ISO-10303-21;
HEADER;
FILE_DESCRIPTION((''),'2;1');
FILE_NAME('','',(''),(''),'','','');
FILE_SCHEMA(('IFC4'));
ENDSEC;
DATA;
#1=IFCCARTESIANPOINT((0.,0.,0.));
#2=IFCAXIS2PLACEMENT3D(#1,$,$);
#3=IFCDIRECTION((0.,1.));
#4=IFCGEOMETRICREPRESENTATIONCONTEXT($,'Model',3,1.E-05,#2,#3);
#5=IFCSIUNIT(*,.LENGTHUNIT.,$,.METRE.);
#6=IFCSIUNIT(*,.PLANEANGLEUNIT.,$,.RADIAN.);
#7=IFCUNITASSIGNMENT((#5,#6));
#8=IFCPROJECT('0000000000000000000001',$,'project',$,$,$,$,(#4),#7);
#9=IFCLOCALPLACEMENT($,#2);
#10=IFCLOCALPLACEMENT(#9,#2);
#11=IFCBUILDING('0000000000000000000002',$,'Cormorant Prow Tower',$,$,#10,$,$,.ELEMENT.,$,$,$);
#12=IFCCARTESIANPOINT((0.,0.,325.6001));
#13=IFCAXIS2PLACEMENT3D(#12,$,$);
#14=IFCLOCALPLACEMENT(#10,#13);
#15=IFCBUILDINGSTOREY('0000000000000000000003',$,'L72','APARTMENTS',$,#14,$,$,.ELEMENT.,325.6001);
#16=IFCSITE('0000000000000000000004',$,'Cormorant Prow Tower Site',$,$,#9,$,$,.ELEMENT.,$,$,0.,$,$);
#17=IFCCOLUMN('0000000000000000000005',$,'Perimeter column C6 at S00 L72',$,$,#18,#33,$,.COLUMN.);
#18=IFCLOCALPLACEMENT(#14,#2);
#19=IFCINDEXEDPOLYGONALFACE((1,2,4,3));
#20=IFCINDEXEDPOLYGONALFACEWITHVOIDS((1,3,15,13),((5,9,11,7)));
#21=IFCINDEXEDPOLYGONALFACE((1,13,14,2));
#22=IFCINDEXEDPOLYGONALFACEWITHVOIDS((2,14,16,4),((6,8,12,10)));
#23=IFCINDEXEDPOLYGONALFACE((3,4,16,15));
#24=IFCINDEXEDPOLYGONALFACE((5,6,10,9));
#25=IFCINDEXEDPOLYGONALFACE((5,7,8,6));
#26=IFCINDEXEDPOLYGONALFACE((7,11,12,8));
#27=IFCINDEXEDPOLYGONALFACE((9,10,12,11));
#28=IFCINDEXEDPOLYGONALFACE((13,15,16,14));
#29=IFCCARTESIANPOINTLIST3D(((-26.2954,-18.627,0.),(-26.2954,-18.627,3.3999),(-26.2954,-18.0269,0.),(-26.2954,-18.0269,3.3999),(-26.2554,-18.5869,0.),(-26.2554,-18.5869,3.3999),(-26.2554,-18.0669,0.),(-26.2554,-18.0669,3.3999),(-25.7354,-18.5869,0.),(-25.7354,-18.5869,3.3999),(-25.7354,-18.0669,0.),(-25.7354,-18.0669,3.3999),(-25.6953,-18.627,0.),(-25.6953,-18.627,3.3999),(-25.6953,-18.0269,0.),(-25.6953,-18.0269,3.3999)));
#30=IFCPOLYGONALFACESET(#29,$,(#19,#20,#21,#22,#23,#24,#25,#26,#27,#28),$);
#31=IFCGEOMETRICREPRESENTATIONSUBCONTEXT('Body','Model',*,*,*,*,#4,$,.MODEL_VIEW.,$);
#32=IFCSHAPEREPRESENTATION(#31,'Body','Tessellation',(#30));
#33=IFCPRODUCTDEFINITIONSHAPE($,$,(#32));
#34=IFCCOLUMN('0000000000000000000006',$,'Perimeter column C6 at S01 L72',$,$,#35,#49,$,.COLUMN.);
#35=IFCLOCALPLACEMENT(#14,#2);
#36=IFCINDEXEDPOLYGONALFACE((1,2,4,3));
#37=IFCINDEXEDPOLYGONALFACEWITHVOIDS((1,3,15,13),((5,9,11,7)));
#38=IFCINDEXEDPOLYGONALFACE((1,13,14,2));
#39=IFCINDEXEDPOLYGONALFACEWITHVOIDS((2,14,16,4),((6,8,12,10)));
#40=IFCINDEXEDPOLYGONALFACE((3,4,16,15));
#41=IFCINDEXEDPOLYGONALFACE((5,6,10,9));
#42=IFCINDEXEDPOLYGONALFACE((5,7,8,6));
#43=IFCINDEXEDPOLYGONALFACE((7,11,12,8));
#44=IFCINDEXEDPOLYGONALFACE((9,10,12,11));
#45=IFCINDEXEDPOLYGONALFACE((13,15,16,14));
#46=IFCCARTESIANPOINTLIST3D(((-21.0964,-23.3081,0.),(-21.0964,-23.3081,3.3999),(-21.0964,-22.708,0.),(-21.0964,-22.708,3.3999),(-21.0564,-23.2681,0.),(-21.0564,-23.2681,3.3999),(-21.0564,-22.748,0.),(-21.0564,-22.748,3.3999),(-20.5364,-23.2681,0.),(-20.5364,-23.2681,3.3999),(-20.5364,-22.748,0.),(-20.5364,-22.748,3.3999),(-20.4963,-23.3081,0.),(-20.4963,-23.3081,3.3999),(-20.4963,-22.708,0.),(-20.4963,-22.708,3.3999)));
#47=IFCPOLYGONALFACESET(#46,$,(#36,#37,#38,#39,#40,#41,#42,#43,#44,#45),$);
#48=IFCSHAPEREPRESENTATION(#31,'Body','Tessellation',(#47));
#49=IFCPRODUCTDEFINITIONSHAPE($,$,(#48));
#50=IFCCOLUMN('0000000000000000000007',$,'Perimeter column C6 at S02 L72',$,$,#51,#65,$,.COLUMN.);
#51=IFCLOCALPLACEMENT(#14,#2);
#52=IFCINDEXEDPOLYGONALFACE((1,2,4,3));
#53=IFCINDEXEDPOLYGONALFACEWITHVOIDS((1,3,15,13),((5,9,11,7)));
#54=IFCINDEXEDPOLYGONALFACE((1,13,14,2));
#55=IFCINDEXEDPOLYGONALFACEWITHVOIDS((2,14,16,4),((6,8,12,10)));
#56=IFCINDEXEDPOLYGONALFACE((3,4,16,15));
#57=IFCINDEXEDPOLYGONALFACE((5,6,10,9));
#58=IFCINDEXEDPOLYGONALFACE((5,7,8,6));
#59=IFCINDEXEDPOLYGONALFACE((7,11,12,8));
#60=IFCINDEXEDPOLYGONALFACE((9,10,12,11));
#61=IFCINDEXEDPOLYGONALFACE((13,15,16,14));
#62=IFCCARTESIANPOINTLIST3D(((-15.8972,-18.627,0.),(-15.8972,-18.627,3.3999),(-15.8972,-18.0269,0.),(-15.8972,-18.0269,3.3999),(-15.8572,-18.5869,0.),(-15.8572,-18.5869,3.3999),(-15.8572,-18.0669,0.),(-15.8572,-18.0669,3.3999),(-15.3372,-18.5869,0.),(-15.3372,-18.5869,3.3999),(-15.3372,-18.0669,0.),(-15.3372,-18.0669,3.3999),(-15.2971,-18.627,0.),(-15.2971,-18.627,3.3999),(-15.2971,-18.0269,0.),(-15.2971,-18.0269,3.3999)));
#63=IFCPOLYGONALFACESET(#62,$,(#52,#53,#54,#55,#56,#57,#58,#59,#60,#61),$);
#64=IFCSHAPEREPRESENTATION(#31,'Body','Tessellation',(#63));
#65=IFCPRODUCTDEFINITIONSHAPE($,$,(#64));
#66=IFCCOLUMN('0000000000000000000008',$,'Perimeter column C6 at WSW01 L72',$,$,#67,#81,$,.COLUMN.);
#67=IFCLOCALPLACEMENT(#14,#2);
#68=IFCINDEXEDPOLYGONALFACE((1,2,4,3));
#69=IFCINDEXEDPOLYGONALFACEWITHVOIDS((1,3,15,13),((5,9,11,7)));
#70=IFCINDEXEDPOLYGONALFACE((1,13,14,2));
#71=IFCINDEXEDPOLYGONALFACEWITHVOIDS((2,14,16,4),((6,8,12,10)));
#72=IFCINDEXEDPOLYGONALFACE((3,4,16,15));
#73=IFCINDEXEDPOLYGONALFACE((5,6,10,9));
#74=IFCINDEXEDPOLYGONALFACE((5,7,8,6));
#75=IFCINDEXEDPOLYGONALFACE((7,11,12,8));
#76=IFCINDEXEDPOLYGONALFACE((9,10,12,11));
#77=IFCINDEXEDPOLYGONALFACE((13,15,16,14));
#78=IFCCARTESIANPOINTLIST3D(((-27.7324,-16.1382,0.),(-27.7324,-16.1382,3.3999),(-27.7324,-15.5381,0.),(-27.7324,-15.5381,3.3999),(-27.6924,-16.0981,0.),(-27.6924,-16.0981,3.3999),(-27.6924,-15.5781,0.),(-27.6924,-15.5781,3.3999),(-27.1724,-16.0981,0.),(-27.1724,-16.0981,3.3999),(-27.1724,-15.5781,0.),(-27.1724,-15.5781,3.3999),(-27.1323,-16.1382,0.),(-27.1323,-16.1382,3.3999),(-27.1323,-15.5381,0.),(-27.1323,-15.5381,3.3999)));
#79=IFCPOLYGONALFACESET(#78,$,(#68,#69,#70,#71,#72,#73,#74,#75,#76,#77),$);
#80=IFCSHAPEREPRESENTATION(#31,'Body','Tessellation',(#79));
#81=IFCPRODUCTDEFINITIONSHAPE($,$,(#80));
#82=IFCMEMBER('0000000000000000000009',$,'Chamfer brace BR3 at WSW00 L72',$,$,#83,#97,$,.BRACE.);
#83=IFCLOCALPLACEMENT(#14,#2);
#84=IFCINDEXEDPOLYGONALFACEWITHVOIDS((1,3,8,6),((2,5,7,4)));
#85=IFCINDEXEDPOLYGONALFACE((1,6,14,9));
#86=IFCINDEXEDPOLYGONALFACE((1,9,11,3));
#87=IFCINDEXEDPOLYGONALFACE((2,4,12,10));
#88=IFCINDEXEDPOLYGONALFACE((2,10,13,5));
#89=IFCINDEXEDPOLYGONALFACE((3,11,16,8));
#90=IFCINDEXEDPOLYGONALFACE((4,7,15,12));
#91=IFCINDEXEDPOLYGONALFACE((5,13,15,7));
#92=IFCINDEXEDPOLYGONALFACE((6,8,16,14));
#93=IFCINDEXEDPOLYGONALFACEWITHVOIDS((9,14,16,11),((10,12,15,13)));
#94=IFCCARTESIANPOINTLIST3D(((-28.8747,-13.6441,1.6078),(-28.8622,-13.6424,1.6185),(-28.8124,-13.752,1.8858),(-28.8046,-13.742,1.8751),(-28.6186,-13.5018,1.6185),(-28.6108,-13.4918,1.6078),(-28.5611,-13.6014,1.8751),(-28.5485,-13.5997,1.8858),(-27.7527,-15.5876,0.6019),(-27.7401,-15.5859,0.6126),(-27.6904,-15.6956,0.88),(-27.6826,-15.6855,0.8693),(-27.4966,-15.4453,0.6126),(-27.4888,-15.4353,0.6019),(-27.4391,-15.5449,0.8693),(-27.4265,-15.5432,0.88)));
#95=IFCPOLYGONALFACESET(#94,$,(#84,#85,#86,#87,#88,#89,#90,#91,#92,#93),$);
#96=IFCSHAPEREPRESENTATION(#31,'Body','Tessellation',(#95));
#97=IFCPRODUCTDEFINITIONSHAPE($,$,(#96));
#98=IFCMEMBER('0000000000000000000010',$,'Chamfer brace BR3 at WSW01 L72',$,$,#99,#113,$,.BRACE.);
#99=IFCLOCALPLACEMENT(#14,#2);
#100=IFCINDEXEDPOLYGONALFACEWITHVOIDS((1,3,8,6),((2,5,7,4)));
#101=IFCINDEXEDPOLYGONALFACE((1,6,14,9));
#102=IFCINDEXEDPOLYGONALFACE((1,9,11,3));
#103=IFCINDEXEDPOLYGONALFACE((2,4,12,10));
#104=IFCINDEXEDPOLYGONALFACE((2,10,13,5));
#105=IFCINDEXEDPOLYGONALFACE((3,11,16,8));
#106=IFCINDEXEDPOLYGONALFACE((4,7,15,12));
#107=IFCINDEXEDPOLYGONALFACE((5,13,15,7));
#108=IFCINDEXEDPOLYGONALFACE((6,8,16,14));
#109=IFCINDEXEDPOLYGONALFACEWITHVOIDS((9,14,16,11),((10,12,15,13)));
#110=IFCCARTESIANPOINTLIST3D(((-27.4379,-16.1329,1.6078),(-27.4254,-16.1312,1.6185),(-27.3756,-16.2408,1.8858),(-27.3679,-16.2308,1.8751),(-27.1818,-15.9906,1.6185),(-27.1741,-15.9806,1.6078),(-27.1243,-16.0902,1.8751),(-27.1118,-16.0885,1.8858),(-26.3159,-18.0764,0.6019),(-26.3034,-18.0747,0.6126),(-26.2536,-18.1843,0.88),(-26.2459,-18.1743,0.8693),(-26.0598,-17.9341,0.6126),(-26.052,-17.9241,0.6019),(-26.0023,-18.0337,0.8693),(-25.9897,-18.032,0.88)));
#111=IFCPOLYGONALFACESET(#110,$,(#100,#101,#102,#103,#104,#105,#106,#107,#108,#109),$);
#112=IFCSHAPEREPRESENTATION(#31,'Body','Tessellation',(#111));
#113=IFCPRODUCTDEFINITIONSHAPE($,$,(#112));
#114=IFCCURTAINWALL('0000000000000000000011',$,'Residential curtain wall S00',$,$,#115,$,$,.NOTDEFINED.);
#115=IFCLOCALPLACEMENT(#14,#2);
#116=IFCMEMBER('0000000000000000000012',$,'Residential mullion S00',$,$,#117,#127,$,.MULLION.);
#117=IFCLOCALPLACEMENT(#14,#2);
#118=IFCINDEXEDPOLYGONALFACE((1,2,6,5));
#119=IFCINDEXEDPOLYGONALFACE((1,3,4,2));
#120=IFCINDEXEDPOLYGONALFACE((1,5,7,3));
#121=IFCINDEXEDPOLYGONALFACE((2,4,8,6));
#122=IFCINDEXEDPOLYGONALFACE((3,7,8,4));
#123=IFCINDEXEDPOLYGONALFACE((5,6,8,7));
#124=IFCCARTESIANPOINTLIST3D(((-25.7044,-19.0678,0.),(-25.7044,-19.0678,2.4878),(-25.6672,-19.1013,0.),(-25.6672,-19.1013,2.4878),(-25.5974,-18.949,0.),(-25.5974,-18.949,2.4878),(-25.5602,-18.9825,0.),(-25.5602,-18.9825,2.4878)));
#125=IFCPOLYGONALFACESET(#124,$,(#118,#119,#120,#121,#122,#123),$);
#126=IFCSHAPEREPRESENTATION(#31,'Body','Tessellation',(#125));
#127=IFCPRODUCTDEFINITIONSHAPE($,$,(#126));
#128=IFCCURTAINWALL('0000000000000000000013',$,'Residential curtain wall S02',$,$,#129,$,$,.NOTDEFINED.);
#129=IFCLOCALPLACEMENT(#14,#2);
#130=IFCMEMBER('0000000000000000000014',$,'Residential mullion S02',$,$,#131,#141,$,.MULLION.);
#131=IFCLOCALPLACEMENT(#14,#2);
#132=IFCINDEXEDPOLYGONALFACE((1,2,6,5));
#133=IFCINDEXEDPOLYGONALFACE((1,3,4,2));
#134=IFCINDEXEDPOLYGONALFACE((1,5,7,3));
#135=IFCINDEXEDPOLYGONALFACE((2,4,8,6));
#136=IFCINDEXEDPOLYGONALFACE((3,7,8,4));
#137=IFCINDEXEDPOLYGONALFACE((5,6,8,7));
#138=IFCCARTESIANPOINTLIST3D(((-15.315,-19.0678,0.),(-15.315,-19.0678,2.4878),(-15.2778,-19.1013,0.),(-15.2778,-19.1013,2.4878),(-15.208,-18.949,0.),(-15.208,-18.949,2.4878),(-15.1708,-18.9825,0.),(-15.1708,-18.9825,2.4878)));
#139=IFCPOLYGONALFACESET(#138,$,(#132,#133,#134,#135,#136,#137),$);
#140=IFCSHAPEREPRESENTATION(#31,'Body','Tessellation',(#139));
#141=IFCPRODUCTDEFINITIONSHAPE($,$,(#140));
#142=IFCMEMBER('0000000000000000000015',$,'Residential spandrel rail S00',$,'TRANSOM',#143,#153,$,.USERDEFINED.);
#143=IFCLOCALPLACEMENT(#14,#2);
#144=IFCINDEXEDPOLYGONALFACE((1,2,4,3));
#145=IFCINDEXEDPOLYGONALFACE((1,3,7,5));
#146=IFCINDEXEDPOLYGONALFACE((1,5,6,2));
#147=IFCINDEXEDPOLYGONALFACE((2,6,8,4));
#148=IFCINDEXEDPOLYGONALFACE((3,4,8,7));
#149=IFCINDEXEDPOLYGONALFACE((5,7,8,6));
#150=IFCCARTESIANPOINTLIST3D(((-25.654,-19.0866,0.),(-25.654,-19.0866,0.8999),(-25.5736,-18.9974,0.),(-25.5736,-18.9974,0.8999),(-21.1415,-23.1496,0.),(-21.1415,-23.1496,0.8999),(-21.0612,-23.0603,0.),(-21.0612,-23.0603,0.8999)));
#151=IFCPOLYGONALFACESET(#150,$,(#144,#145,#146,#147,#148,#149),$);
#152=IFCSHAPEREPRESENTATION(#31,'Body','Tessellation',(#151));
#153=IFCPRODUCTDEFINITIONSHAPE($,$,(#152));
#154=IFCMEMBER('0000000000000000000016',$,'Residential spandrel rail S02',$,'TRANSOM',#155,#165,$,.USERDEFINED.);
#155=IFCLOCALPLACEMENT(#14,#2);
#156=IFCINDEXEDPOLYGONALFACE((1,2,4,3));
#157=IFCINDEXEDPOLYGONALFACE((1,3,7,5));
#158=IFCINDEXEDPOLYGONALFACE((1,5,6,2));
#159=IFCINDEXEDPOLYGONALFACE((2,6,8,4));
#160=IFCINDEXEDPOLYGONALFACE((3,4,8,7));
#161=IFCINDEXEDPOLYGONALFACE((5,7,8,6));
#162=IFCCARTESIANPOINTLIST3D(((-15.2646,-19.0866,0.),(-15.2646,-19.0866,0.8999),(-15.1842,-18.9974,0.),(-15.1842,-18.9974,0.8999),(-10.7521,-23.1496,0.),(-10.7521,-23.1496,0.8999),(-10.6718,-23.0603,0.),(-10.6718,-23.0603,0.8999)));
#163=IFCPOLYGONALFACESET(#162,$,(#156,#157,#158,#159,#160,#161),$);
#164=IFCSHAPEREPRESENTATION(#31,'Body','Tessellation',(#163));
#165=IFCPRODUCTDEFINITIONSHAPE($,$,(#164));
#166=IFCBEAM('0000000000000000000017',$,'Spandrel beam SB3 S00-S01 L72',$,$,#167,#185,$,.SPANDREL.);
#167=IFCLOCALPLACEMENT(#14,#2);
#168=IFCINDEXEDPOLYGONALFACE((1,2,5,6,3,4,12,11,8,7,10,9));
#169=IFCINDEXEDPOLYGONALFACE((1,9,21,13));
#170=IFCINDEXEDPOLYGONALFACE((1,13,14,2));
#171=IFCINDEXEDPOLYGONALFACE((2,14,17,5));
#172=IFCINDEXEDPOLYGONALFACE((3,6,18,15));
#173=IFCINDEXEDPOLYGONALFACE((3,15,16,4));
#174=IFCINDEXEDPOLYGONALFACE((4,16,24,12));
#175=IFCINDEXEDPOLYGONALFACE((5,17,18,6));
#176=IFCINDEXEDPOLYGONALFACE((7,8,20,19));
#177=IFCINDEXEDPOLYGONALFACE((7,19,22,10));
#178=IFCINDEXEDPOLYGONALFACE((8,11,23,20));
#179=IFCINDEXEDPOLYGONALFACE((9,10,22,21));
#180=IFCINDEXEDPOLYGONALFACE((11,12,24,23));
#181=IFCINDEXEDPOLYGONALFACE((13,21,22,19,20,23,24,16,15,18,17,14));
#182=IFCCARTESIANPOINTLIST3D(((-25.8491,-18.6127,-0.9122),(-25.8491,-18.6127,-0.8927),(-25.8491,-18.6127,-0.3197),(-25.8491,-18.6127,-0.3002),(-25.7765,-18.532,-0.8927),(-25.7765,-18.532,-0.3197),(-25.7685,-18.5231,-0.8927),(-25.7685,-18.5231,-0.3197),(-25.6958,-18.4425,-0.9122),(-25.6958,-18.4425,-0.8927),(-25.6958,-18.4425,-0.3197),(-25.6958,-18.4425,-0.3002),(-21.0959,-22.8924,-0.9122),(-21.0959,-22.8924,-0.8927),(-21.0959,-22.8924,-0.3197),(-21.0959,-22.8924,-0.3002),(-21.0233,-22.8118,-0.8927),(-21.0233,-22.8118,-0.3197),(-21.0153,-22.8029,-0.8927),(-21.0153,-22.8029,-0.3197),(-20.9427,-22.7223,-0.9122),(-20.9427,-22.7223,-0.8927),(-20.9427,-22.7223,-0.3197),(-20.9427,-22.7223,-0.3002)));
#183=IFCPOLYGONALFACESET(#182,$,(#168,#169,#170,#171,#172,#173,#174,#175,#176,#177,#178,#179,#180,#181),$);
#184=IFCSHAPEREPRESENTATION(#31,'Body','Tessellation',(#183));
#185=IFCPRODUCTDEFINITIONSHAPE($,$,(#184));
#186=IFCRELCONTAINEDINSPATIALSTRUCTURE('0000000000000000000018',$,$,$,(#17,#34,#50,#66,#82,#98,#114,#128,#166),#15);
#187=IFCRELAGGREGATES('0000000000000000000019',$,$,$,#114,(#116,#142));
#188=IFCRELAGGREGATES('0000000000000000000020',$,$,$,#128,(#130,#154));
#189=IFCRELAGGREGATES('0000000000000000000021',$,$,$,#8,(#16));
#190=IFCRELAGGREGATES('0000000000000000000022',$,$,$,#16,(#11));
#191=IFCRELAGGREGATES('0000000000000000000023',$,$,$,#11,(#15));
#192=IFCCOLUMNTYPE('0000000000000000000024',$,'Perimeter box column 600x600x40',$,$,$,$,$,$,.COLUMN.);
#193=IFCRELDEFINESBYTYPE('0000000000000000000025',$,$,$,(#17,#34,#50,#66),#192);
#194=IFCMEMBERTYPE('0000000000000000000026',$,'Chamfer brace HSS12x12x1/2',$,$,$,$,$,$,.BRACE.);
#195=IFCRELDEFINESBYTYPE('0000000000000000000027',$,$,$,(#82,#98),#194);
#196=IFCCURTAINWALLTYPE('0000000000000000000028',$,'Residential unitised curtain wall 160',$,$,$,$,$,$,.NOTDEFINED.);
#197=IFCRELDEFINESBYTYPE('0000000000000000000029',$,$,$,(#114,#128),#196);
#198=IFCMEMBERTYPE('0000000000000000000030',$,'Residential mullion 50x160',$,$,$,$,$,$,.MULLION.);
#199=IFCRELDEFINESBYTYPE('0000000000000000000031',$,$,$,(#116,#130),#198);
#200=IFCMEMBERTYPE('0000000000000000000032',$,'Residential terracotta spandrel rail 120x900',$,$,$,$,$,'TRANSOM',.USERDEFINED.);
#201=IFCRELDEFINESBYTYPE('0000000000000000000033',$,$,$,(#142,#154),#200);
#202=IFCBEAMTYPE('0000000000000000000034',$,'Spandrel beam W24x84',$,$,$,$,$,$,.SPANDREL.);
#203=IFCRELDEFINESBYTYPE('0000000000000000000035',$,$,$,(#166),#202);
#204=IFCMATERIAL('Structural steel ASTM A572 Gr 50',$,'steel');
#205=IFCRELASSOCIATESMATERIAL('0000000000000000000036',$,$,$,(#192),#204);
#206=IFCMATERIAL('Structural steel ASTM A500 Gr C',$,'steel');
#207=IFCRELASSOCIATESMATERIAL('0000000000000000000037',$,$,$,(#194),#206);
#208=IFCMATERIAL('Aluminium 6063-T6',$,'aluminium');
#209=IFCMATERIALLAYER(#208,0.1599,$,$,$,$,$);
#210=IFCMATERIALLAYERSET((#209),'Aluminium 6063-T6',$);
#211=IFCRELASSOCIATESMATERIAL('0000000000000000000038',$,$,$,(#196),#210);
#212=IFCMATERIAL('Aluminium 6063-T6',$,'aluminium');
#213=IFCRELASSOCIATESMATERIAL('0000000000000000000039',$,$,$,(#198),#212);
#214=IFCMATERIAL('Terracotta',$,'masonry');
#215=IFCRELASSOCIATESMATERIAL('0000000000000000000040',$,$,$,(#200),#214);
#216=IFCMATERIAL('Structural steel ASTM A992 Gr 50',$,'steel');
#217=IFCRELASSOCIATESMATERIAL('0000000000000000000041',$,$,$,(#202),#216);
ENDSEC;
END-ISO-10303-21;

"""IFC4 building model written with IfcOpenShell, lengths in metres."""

from ifc_helpers import new_model, si_unit, direction, frame, origin, origin_2d, place, context, subcontext, project, spatial, rectangle, hollow_rectangle, i_section, extrude, material, layer, layer_set, material_profile, profile_set, type_object, element, aggregate, save


model = new_model("IFC4")

# Units and contexts
model_context = context("Model", 3, precision=1e-05, world=origin(), true_north=direction((0.0, 1.0)))
body_context = subcontext(model_context, "Body", "Model", "MODEL_VIEW")
ifc_project = project(units=[si_unit("LENGTHUNIT", "METRE"), si_unit("PLANEANGLEUNIT", "RADIAN")], contexts=[model_context])

# Site, building, storey
site_placement = place(None, origin())
site = spatial("IfcSite", under=ifc_project, at=site_placement, Name="Cormorant Prow Tower Site", CompositionType="ELEMENT", RefElevation=0.0)
building_placement = place(site_placement, origin())
building = spatial("IfcBuilding", under=site, at=building_placement, Name="Cormorant Prow Tower", CompositionType="ELEMENT")
storey_placement = place(building_placement, frame((0.0, 0.0, 325.6001)))
storey = spatial("IfcBuildingStorey", under=building, at=storey_placement, Name="L72", Description="APARTMENTS", CompositionType="ELEMENT", Elevation=325.6001)

# Columns
ifc_material_1 = material(Name="Structural steel ASTM A572 Gr 50", Category="steel")
ifc_material_profile_1 = material_profile(ifc_material_1, hollow_rectangle(XDim=0.6001, YDim=0.6001, WallThickness=0.04, at=origin_2d()), Name="Box 600x600x40")
ifc_profile_set_1 = profile_set([ifc_material_profile_1], Name="Structural steel ASTM A572 Gr 50")
column_type = type_object("IfcColumnType", Name="Perimeter box column 600x600x40", PredefinedType="COLUMN", material=ifc_profile_set_1)
for number, where, z_axis, x_axis, name in (
    (1, (-25.9954, -18.3269, 0.0), (0.0, 0.0, 1.0), (1.0, 0.0, 0.0), "Perimeter column C6 at S00 L72"),
    (2, (-20.7964, -23.0081, 0.0), (0.0, 0.0, 1.0), (1.0, 0.0, 0.0), "Perimeter column C6 at S01 L72"),
    (3, (-15.5972, -18.3269, 0.0), (0.0, 0.0, 1.0), (1.0, 0.0, 0.0), "Perimeter column C6 at S02 L72"),
    (4, (-27.4324, -15.8381, 0.0), (0.0, 0.0, 1.0), (1.0, 0.0, 0.0), "Perimeter column C6 at WSW01 L72"),
):
    element("IfcColumn", number, at=place(storey_placement, frame(where, z_axis=z_axis, x_axis=x_axis)), inside=storey, type_object=column_type, Name=name, PredefinedType="COLUMN", context=body_context, shape_type="SweptSolid", body=[
        extrude(hollow_rectangle(XDim=0.6001, YDim=0.6001, WallThickness=0.04, at=origin_2d()), origin(), (0.0, 0.0, 1.0), 3.3999),
    ])

# Members
ifc_material_2 = material(Name="Structural steel ASTM A500 Gr C", Category="steel")
ifc_material_profile_2 = material_profile(ifc_material_2, hollow_rectangle(XDim=0.3047, YDim=0.3047, WallThickness=0.0117, at=origin_2d()), Name="HSS12x12x1/2")
ifc_profile_set_2 = profile_set([ifc_material_profile_2], Name="Structural steel ASTM A500 Gr C")
member_type_1 = type_object("IfcMemberType", Name="Chamfer brace HSS12x12x1/2", PredefinedType="BRACE", material=ifc_profile_set_2)
for number, where, z_axis, x_axis, name in (
    (5, (-27.5896, -15.5654, 0.741), (-0.456247, 0.790292, 0.408994), (-0.866039, -0.499977, 0.0), "Chamfer brace BR3 at WSW00 L72"),
    (6, (-26.1528, -18.0542, 0.741), (-0.456247, 0.790292, 0.408994), (-0.866039, -0.499977, 0.0), "Chamfer brace BR3 at WSW01 L72"),
):
    element("IfcMember", number, at=place(storey_placement, frame(where, z_axis=z_axis, x_axis=x_axis)), inside=storey, type_object=member_type_1, Name=name, PredefinedType="BRACE", context=body_context, shape_type="SweptSolid", body=[
        extrude(hollow_rectangle(XDim=0.3047, YDim=0.3047, WallThickness=0.0117, at=origin_2d()), origin(), (0.0, 0.0, 1.0), 2.4592),
    ])

# Curtain walls, members
ifc_material_3 = material(Name="Aluminium 6063-T6", Category="aluminium")
ifc_layer_1 = layer(ifc_material_3, 0.1599)
ifc_layer_set_1 = layer_set([ifc_layer_1], Name="Aluminium 6063-T6")
curtain_wall_type = type_object("IfcCurtainWallType", Name="Residential unitised curtain wall 160", PredefinedType="NOTDEFINED", material=ifc_layer_set_1)
curtain_wall_1_placement = place(storey_placement, origin())
curtain_wall_1 = element("IfcCurtainWall", 7, at=curtain_wall_1_placement, inside=storey, type_object=curtain_wall_type, Name="Residential curtain wall S00", PredefinedType="NOTDEFINED")
ifc_material_4 = material(Name="Aluminium 6063-T6", Category="aluminium")
ifc_material_profile_3 = material_profile(ifc_material_4, rectangle(XDim=0.1599, YDim=0.05, at=origin_2d()), Name="Residential mullion 50x160")
ifc_profile_set_3 = profile_set([ifc_material_profile_3], Name="Aluminium 6063-T6")
member_type_2 = type_object("IfcMemberType", Name="Residential mullion 50x160", PredefinedType="MULLION", material=ifc_profile_set_3)
member_1_placement = place(storey_placement, frame((-25.6323, -19.0251, 0.0), z_axis=(0.0, 0.0, 1.0), x_axis=(0.669131, 0.743145, 0.0)))
member_1 = element("IfcMember", 8, at=member_1_placement, type_object=member_type_2, Name="Residential mullion S00", PredefinedType="MULLION", context=body_context, shape_type="SweptSolid", body=[
    extrude(rectangle(XDim=0.1599, YDim=0.05, at=origin_2d()), origin(), (0.0, 0.0, 1.0), 2.4878),
])
curtain_wall_2_placement = place(storey_placement, origin())
curtain_wall_2 = element("IfcCurtainWall", 9, at=curtain_wall_2_placement, inside=storey, type_object=curtain_wall_type, Name="Residential curtain wall S02", PredefinedType="NOTDEFINED")
member_2_placement = place(storey_placement, frame((-15.2429, -19.0251, 0.0), z_axis=(0.0, 0.0, 1.0), x_axis=(0.669131, 0.743145, 0.0)))
member_2 = element("IfcMember", 10, at=member_2_placement, type_object=member_type_2, Name="Residential mullion S02", PredefinedType="MULLION", context=body_context, shape_type="SweptSolid", body=[
    extrude(rectangle(XDim=0.1599, YDim=0.05, at=origin_2d()), origin(), (0.0, 0.0, 1.0), 2.4878),
])

# Members
ifc_material_5 = material(Name="Terracotta", Category="masonry")
ifc_material_profile_4 = material_profile(ifc_material_5, rectangle(XDim=0.1201, YDim=0.8999, at=origin_2d()), Name="Residential terracotta spandrel rail 120x900")
ifc_profile_set_4 = profile_set([ifc_material_profile_4], Name="Terracotta")
member_type_3 = type_object("IfcMemberType", Name="Residential terracotta spandrel rail 120x900", ElementType="TRANSOM", PredefinedType="USERDEFINED", material=ifc_profile_set_4)
member_3_placement = place(storey_placement, frame((-25.6138, -19.042, 0.45), z_axis=(0.743148, -0.669127, 0.0), x_axis=(0.669127, 0.743148, 0.0)))
member_3 = element("IfcMember", 11, at=member_3_placement, type_object=member_type_3, Name="Residential spandrel rail S00", ObjectType="TRANSOM", PredefinedType="USERDEFINED", context=body_context, shape_type="SweptSolid", body=[
    extrude(rectangle(XDim=0.1201, YDim=0.8999, at=origin_2d()), origin(), (0.0, 0.0, 1.0), 6.072),
])
member_4_placement = place(storey_placement, frame((-15.2244, -19.042, 0.45), z_axis=(0.743148, -0.669127, 0.0), x_axis=(0.669127, 0.743148, 0.0)))
member_4 = element("IfcMember", 12, at=member_4_placement, type_object=member_type_3, Name="Residential spandrel rail S02", ObjectType="TRANSOM", PredefinedType="USERDEFINED", context=body_context, shape_type="SweptSolid", body=[
    extrude(rectangle(XDim=0.1201, YDim=0.8999, at=origin_2d()), origin(), (0.0, 0.0, 1.0), 6.072),
])

# Beam
ifc_material_6 = material(Name="Structural steel ASTM A992 Gr 50", Category="steel")
ifc_material_profile_5 = material_profile(ifc_material_6, i_section(OverallWidth=0.229, OverallDepth=0.6121, WebThickness=0.012, FlangeThickness=0.0195, at=origin_2d()), Name="W24x84")
ifc_profile_set_5 = profile_set([ifc_material_profile_5], Name="Structural steel ASTM A992 Gr 50")
beam_type = type_object("IfcBeamType", Name="Spandrel beam W24x84", PredefinedType="SPANDREL", material=ifc_profile_set_5)
beam_1_placement = place(storey_placement, frame((-25.7725, -18.5276, -0.6062), z_axis=(0.743144, -0.669131, 0.0), x_axis=(0.669131, 0.743144, 0.0)))
element("IfcBeam", 13, at=beam_1_placement, inside=storey, type_object=beam_type, Name="Spandrel beam SB3 S00-S01 L72", PredefinedType="SPANDREL", context=body_context, shape_type="SweptSolid", body=[
    extrude(i_section(OverallWidth=0.229, OverallDepth=0.6121, WebThickness=0.012, FlangeThickness=0.0195, at=origin_2d()), origin(), (0.0, 0.0, 1.0), 6.396),
])

aggregate(curtain_wall_1, [member_1, member_3])
aggregate(curtain_wall_2, [member_2, member_4])

save(model, "model.ifc")
